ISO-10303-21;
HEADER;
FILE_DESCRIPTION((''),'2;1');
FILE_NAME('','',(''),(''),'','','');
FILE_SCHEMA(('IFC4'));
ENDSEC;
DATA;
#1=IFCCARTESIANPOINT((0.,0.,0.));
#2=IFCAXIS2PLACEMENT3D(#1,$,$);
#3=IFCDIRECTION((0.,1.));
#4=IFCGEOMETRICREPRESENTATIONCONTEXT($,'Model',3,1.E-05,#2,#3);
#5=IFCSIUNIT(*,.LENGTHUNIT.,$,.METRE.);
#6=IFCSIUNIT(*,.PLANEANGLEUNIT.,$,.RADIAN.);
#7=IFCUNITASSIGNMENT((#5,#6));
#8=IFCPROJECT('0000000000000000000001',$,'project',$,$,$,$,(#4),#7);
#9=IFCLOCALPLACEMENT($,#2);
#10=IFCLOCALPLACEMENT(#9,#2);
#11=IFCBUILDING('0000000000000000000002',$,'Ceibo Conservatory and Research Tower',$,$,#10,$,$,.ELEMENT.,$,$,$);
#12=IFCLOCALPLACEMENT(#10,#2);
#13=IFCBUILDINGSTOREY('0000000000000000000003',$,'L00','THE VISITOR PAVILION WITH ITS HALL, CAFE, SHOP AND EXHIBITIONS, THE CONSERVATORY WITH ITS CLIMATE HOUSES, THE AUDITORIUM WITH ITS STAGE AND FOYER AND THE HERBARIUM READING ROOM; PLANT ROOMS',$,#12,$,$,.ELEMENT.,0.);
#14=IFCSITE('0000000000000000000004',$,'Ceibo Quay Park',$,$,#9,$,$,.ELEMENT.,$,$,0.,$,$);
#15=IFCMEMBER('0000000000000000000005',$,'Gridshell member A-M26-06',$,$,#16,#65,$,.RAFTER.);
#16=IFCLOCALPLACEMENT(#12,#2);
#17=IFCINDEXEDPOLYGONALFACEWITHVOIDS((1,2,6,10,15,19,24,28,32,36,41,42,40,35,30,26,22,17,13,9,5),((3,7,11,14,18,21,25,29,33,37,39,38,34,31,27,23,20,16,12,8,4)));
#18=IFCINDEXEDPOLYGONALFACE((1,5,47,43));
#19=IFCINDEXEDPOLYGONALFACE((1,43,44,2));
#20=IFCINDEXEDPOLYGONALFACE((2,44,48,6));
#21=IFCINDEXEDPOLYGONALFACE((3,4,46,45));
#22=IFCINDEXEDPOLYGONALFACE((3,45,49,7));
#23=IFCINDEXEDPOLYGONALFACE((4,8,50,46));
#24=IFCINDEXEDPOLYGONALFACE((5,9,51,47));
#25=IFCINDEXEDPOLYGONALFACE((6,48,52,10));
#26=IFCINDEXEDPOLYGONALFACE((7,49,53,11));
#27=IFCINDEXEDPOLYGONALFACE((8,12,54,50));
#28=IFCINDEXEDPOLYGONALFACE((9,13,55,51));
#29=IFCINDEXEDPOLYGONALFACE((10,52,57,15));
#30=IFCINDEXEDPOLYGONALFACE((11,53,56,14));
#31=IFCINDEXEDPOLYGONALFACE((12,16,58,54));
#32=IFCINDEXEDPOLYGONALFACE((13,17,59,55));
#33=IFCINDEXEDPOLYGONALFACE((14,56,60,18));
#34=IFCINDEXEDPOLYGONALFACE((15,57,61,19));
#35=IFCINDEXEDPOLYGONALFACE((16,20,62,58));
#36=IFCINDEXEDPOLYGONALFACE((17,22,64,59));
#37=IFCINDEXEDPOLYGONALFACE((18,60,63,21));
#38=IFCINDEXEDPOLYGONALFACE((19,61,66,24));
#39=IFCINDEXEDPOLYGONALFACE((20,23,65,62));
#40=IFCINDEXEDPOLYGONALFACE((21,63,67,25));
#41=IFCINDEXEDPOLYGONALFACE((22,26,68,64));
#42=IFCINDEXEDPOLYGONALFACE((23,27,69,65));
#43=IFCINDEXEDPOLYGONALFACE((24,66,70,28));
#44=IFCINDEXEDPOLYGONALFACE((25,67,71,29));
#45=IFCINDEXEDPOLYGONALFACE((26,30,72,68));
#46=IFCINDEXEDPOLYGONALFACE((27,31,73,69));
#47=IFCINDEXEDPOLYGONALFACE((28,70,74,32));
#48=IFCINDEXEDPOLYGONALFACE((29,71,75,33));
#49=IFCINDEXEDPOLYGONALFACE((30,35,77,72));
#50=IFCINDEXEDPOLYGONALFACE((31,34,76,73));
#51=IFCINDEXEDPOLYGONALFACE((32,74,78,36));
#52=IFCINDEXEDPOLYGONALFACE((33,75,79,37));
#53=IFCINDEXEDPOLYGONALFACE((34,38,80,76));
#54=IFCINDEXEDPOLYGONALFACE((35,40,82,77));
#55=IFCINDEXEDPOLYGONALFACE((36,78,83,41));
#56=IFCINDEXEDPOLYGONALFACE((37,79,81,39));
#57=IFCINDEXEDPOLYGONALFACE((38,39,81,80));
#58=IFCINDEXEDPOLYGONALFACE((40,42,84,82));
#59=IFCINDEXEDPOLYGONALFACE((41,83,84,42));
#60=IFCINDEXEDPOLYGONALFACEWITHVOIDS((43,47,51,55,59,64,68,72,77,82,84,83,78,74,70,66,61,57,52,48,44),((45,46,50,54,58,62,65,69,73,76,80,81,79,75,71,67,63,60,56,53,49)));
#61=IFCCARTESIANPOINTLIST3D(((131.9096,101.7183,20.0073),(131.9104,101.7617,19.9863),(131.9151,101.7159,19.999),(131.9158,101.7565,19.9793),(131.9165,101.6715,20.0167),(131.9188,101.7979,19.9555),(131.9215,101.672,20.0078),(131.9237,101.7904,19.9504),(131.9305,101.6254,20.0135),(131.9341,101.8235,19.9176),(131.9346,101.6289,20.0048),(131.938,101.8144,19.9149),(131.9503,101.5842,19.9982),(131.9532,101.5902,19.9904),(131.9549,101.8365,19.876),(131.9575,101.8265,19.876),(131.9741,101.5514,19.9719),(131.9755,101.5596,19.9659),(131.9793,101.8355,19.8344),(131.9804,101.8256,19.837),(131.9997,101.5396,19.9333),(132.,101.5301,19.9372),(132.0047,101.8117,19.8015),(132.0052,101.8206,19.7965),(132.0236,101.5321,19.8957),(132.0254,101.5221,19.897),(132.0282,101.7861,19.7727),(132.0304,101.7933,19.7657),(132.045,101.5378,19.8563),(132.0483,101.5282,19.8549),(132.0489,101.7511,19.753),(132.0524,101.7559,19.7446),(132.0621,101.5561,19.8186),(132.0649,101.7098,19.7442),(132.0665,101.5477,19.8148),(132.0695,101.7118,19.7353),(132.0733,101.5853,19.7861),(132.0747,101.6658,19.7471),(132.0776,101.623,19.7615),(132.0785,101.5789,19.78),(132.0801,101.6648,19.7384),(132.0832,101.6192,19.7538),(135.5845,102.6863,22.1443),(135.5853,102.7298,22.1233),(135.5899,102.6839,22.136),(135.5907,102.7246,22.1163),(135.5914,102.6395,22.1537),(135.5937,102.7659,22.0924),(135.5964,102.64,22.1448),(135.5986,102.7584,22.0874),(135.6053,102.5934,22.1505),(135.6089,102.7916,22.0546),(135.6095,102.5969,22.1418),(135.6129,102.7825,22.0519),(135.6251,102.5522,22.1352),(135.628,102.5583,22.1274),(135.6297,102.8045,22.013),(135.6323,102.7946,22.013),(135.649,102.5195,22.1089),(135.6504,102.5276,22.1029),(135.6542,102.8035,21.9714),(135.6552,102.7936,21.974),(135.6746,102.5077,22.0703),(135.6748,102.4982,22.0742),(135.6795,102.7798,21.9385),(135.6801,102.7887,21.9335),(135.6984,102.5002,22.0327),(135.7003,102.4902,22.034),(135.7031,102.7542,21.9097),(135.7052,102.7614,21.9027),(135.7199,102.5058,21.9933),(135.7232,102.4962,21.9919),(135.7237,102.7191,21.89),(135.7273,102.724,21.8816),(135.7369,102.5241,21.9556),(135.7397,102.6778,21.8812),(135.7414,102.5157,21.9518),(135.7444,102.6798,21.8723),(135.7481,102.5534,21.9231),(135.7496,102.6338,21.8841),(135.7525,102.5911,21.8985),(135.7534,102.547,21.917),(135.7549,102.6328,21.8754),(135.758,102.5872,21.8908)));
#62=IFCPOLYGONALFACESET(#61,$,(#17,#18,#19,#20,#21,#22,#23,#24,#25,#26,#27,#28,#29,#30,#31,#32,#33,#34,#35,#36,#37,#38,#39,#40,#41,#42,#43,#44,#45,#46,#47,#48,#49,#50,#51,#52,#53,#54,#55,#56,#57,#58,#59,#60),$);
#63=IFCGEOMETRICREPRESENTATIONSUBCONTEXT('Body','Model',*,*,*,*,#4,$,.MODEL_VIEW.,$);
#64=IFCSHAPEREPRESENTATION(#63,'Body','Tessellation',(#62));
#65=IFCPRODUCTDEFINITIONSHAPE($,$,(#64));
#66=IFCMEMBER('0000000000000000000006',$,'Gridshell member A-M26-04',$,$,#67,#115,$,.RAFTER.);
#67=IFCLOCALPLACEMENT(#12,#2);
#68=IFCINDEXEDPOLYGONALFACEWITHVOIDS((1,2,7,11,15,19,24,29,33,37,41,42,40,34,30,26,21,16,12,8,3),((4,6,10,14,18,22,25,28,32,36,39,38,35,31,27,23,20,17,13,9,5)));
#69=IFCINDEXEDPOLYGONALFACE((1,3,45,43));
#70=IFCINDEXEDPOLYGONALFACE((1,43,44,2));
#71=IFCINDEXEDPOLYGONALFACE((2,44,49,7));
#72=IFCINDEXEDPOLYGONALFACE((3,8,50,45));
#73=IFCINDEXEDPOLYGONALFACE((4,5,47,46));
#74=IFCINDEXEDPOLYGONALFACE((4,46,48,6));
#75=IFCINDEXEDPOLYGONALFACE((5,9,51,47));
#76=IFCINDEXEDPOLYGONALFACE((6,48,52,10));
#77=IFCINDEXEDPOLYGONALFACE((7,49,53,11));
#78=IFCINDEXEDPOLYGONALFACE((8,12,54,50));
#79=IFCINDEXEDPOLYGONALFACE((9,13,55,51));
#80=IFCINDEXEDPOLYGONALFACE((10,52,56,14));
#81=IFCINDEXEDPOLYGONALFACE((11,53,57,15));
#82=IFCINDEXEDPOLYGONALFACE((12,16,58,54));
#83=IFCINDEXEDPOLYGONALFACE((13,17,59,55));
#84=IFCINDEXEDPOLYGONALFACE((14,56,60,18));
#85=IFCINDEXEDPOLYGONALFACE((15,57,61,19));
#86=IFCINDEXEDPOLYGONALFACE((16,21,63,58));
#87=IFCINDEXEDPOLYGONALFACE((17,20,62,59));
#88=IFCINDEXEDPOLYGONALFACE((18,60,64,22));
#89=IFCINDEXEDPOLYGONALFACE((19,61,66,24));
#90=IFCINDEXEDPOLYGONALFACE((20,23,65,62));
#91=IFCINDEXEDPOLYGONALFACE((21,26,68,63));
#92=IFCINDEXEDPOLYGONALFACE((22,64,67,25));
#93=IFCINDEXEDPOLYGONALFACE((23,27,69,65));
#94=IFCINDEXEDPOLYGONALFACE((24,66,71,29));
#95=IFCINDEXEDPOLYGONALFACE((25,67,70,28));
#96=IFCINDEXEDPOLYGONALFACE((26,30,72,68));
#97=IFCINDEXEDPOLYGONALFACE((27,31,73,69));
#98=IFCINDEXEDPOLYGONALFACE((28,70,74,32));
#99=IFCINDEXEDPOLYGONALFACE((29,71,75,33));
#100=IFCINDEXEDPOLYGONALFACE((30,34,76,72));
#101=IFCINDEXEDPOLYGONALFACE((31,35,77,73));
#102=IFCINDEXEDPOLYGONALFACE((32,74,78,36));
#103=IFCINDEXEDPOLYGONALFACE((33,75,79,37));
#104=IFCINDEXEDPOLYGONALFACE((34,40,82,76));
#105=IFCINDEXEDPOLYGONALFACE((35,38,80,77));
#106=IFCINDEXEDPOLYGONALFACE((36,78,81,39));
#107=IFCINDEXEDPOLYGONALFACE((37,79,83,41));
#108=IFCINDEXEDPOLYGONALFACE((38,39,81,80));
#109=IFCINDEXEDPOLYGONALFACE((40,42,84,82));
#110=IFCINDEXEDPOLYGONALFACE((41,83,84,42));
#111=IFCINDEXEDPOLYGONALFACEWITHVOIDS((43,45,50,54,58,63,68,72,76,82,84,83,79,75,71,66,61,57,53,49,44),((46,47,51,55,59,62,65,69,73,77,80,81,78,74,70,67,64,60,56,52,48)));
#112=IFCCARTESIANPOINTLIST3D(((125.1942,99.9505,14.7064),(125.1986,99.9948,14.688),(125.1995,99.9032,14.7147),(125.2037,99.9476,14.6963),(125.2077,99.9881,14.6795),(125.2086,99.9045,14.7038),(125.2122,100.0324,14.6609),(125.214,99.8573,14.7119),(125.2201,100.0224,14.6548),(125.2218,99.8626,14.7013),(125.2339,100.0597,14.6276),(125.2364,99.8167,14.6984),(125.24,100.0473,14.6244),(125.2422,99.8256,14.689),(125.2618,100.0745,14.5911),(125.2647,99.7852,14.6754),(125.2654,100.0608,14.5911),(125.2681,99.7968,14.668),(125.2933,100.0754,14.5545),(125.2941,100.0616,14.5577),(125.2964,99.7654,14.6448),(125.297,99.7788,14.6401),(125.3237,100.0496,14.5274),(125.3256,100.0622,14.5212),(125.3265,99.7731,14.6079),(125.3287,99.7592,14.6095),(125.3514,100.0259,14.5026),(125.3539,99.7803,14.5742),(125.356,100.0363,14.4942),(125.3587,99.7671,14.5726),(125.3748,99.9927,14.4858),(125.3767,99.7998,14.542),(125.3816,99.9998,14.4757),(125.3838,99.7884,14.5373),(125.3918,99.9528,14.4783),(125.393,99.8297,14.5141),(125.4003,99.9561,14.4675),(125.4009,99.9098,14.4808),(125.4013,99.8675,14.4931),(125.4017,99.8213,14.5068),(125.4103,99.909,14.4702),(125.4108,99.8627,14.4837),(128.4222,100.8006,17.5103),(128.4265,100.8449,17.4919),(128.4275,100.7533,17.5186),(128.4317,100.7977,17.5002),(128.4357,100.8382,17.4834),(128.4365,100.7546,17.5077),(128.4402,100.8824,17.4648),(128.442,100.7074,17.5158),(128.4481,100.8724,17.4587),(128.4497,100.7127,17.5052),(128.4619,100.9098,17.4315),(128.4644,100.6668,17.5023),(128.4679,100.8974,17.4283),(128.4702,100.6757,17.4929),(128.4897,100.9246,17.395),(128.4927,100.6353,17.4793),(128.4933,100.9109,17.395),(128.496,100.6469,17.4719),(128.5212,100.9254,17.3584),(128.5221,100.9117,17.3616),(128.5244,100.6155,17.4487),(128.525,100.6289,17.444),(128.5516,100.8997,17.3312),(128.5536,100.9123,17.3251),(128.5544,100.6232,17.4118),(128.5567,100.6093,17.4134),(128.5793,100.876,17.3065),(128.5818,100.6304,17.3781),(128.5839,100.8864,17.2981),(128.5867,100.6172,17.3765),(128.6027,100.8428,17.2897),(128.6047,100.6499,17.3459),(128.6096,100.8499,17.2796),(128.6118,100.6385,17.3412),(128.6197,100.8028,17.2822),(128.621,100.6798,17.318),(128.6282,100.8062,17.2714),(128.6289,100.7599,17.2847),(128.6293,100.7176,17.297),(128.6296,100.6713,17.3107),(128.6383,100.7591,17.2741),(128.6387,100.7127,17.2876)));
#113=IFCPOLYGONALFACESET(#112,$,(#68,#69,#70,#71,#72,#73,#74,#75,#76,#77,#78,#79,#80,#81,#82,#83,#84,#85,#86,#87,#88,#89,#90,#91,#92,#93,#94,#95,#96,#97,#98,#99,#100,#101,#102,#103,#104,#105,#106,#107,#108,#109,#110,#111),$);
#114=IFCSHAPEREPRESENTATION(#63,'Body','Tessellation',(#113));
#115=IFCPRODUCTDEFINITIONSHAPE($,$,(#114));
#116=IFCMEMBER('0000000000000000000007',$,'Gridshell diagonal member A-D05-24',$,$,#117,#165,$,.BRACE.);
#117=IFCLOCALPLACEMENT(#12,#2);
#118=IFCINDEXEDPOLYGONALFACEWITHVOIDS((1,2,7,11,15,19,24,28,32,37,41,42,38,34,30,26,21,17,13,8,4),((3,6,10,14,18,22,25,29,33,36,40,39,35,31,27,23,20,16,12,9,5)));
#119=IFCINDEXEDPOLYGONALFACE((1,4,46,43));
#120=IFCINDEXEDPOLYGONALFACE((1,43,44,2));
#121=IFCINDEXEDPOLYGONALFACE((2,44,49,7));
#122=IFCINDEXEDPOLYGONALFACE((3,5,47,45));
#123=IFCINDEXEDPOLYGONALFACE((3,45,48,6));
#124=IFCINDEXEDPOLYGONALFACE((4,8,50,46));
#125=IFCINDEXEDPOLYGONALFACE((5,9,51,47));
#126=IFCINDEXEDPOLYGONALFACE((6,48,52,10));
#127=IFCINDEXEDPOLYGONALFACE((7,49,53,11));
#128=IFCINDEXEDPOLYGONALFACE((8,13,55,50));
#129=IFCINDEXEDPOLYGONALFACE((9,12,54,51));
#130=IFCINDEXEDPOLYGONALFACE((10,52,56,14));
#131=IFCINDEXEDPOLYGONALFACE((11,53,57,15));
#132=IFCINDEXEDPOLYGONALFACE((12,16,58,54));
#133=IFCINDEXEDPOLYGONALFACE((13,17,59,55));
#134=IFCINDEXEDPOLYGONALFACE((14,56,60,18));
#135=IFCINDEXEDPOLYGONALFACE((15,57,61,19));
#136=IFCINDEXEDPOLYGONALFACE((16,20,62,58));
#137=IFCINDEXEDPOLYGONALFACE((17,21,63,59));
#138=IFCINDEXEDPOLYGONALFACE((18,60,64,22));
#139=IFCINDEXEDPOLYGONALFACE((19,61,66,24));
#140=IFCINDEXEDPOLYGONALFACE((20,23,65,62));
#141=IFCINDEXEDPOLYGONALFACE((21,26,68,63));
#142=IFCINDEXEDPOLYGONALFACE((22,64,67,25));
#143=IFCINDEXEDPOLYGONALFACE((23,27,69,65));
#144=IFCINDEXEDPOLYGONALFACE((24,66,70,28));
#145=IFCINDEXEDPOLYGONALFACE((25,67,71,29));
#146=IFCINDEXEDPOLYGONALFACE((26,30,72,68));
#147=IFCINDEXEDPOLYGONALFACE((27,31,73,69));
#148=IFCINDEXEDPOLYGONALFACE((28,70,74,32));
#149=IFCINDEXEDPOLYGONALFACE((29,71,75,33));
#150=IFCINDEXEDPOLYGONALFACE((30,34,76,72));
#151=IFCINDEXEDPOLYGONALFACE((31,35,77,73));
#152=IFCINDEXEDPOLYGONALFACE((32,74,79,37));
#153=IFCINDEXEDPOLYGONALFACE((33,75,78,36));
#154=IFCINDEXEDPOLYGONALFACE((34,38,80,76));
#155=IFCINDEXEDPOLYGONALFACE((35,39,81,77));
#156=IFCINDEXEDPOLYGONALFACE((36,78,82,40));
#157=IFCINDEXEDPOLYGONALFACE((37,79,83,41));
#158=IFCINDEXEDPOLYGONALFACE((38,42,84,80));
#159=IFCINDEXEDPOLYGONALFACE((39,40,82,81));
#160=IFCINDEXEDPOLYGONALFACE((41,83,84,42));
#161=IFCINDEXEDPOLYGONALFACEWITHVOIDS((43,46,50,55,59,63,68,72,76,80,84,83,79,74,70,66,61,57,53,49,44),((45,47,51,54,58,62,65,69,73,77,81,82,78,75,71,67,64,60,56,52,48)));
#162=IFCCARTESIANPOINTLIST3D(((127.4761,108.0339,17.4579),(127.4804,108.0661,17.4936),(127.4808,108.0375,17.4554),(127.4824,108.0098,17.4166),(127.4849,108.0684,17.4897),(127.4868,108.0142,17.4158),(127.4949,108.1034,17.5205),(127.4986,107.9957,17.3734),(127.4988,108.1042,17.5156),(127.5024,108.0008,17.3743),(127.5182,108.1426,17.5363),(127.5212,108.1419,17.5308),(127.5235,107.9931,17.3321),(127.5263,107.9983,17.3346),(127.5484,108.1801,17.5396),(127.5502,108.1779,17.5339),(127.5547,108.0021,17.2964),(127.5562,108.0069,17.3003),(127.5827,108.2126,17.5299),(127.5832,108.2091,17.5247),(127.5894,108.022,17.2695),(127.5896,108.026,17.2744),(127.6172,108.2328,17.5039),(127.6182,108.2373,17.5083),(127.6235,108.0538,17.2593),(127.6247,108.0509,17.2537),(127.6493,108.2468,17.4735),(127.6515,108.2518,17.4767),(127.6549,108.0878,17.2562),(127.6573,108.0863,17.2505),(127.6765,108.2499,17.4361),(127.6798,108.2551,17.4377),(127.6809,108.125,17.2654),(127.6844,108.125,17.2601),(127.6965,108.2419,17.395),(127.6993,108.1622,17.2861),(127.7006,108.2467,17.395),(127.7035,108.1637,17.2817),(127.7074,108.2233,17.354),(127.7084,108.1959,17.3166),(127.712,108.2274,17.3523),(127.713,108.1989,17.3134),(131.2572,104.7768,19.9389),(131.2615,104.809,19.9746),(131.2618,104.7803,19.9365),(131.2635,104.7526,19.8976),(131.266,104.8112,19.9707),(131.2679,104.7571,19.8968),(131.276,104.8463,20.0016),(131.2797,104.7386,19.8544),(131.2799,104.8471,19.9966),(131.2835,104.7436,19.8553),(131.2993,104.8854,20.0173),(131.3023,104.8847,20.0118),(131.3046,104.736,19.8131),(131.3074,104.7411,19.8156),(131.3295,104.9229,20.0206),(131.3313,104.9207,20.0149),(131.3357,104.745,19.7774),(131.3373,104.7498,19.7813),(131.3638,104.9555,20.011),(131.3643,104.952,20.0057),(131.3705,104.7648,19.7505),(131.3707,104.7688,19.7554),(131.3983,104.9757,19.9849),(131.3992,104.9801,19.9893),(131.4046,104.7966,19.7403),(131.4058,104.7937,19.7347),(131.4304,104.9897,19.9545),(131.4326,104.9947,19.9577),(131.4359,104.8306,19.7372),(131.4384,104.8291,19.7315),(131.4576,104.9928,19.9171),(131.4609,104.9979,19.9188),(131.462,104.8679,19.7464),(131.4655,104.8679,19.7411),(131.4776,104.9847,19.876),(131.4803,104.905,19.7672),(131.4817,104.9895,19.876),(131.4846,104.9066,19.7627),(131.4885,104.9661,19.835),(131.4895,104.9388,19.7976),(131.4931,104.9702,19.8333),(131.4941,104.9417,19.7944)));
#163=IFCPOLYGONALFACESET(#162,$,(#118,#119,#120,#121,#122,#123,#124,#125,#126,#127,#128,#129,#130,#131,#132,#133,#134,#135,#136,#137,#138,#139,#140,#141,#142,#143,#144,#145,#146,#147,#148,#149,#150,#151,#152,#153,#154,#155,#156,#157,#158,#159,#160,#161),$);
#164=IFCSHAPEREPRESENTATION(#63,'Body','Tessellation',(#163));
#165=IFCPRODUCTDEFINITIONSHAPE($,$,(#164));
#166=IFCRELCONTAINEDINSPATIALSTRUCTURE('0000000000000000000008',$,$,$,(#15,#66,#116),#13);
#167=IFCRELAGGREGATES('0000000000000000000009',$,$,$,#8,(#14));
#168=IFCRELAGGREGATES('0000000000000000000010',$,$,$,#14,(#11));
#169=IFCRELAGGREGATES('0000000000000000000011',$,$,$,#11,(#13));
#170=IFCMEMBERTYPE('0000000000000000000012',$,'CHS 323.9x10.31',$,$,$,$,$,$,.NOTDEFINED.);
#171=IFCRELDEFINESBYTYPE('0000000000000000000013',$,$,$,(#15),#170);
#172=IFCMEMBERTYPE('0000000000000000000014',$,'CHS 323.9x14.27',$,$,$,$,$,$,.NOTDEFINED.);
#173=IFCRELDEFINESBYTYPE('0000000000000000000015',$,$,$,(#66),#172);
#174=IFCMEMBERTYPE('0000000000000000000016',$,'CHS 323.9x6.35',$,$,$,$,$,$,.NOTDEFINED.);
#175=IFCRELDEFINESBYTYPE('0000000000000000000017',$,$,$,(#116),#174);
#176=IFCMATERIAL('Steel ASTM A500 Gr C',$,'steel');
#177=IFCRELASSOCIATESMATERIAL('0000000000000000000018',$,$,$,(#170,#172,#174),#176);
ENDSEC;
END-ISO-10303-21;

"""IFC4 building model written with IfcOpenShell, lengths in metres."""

from ifc_helpers import new_model, si_unit, direction, frame, origin, origin_2d, place, context, subcontext, project, spatial, hollow_circle, extrude, material, material_profile, profile_set, type_object, element, save


model = new_model("IFC4")

# Units and contexts
model_context = context("Model", 3, precision=1e-05, world=origin(), true_north=direction((0.0, 1.0)))
body_context = subcontext(model_context, "Body", "Model", "MODEL_VIEW")
ifc_project = project(units=[si_unit("LENGTHUNIT", "METRE"), si_unit("PLANEANGLEUNIT", "RADIAN")], contexts=[model_context])

# Site, building, storey
site_placement = place(None, origin())
site = spatial("IfcSite", under=ifc_project, at=site_placement, Name="Ceibo Quay Park", CompositionType="ELEMENT", RefElevation=0.0)
building_placement = place(site_placement, origin())
building = spatial("IfcBuilding", under=site, at=building_placement, Name="Ceibo Conservatory and Research Tower", CompositionType="ELEMENT")
storey_placement = place(building_placement, origin())
storey = spatial("IfcBuildingStorey", under=building, at=storey_placement, Name="L00", Description="THE VISITOR PAVILION WITH ITS HALL, CAFE, SHOP AND EXHIBITIONS, THE CONSERVATORY WITH ITS CLIMATE HOUSES, THE AUDITORIUM WITH ITS STAGE AND FOYER AND THE HERBARIUM READING ROOM; PLANT ROOMS", CompositionType="ELEMENT", Elevation=0.0)

# Members
ifc_material_1 = material(Name="Steel ASTM A500 Gr C", Category="steel")
ifc_material_profile_1 = material_profile(ifc_material_1, hollow_circle(Radius=0.1619, WallThickness=0.0103, at=origin_2d()), Name="CHS 323.9x10.31")
ifc_profile_set_1 = profile_set([ifc_material_profile_1], Name="Steel ASTM A500 Gr C")
member_type_1 = type_object("IfcMemberType", Name="CHS 323.9x10.31", PredefinedType="NOTDEFINED", material=ifc_profile_set_1)
member_1_placement = place(storey_placement, frame((131.9961, 101.6799, 19.876), z_axis=(0.842884, 0.222033, 0.490152), x_axis=(-0.25473, 0.967012, 0.0)))
element("IfcMember", 1, at=member_1_placement, inside=storey, type_object=member_type_1, Name="Gridshell member A-M26-06", PredefinedType="RAFTER", context=body_context, shape_type="SweptSolid", body=[
    extrude(hollow_circle(Radius=0.1619, WallThickness=0.0103, at=origin_2d()), origin(), (0.0, 0.0, 1.0), 4.3599),
])
ifc_material_profile_2 = material_profile(ifc_material_1, hollow_circle(Radius=0.1619, WallThickness=0.0142, at=origin_2d()), Name="CHS 323.9x14.27")
ifc_profile_set_2 = profile_set([ifc_material_profile_2], Name="Steel ASTM A500 Gr C")
member_type_2 = type_object("IfcMemberType", Name="CHS 323.9x14.27", PredefinedType="NOTDEFINED", material=ifc_profile_set_2)
member_2_placement = place(storey_placement, frame((125.303, 99.918, 14.5911), z_axis=(0.740463, 0.195, 0.643187), x_axis=(-0.254666, 0.967029, 0.0)))
element("IfcMember", 2, at=member_2_placement, inside=storey, type_object=member_type_2, Name="Gridshell member A-M26-04", PredefinedType="RAFTER", context=body_context, shape_type="SweptSolid", body=[
    extrude(hollow_circle(Radius=0.1619, WallThickness=0.0142, at=origin_2d()), origin(), (0.0, 0.0, 1.0), 4.3594),
])
ifc_material_profile_3 = material_profile(ifc_material_1, hollow_circle(Radius=0.1619, WallThickness=0.0063, at=origin_2d()), Name="CHS 323.9x6.35")
ifc_profile_set_3 = profile_set([ifc_material_profile_3], Name="Steel ASTM A500 Gr C")
member_type_3 = type_object("IfcMemberType", Name="CHS 323.9x6.35", PredefinedType="NOTDEFINED", material=ifc_profile_set_3)
member_3_placement = place(storey_placement, frame((127.595, 108.124, 17.395), z_axis=(0.678435, -0.584426, 0.445164), x_axis=(0.652663, 0.757649, 0.0)))
element("IfcMember", 3, at=member_3_placement, inside=storey, type_object=member_type_3, Name="Gridshell diagonal member A-D05-24", PredefinedType="BRACE", context=body_context, shape_type="SweptSolid", body=[
    extrude(hollow_circle(Radius=0.1619, WallThickness=0.0063, at=origin_2d()), origin(), (0.0, 0.0, 1.0), 5.5732),
])

save(model, "model.ifc")
